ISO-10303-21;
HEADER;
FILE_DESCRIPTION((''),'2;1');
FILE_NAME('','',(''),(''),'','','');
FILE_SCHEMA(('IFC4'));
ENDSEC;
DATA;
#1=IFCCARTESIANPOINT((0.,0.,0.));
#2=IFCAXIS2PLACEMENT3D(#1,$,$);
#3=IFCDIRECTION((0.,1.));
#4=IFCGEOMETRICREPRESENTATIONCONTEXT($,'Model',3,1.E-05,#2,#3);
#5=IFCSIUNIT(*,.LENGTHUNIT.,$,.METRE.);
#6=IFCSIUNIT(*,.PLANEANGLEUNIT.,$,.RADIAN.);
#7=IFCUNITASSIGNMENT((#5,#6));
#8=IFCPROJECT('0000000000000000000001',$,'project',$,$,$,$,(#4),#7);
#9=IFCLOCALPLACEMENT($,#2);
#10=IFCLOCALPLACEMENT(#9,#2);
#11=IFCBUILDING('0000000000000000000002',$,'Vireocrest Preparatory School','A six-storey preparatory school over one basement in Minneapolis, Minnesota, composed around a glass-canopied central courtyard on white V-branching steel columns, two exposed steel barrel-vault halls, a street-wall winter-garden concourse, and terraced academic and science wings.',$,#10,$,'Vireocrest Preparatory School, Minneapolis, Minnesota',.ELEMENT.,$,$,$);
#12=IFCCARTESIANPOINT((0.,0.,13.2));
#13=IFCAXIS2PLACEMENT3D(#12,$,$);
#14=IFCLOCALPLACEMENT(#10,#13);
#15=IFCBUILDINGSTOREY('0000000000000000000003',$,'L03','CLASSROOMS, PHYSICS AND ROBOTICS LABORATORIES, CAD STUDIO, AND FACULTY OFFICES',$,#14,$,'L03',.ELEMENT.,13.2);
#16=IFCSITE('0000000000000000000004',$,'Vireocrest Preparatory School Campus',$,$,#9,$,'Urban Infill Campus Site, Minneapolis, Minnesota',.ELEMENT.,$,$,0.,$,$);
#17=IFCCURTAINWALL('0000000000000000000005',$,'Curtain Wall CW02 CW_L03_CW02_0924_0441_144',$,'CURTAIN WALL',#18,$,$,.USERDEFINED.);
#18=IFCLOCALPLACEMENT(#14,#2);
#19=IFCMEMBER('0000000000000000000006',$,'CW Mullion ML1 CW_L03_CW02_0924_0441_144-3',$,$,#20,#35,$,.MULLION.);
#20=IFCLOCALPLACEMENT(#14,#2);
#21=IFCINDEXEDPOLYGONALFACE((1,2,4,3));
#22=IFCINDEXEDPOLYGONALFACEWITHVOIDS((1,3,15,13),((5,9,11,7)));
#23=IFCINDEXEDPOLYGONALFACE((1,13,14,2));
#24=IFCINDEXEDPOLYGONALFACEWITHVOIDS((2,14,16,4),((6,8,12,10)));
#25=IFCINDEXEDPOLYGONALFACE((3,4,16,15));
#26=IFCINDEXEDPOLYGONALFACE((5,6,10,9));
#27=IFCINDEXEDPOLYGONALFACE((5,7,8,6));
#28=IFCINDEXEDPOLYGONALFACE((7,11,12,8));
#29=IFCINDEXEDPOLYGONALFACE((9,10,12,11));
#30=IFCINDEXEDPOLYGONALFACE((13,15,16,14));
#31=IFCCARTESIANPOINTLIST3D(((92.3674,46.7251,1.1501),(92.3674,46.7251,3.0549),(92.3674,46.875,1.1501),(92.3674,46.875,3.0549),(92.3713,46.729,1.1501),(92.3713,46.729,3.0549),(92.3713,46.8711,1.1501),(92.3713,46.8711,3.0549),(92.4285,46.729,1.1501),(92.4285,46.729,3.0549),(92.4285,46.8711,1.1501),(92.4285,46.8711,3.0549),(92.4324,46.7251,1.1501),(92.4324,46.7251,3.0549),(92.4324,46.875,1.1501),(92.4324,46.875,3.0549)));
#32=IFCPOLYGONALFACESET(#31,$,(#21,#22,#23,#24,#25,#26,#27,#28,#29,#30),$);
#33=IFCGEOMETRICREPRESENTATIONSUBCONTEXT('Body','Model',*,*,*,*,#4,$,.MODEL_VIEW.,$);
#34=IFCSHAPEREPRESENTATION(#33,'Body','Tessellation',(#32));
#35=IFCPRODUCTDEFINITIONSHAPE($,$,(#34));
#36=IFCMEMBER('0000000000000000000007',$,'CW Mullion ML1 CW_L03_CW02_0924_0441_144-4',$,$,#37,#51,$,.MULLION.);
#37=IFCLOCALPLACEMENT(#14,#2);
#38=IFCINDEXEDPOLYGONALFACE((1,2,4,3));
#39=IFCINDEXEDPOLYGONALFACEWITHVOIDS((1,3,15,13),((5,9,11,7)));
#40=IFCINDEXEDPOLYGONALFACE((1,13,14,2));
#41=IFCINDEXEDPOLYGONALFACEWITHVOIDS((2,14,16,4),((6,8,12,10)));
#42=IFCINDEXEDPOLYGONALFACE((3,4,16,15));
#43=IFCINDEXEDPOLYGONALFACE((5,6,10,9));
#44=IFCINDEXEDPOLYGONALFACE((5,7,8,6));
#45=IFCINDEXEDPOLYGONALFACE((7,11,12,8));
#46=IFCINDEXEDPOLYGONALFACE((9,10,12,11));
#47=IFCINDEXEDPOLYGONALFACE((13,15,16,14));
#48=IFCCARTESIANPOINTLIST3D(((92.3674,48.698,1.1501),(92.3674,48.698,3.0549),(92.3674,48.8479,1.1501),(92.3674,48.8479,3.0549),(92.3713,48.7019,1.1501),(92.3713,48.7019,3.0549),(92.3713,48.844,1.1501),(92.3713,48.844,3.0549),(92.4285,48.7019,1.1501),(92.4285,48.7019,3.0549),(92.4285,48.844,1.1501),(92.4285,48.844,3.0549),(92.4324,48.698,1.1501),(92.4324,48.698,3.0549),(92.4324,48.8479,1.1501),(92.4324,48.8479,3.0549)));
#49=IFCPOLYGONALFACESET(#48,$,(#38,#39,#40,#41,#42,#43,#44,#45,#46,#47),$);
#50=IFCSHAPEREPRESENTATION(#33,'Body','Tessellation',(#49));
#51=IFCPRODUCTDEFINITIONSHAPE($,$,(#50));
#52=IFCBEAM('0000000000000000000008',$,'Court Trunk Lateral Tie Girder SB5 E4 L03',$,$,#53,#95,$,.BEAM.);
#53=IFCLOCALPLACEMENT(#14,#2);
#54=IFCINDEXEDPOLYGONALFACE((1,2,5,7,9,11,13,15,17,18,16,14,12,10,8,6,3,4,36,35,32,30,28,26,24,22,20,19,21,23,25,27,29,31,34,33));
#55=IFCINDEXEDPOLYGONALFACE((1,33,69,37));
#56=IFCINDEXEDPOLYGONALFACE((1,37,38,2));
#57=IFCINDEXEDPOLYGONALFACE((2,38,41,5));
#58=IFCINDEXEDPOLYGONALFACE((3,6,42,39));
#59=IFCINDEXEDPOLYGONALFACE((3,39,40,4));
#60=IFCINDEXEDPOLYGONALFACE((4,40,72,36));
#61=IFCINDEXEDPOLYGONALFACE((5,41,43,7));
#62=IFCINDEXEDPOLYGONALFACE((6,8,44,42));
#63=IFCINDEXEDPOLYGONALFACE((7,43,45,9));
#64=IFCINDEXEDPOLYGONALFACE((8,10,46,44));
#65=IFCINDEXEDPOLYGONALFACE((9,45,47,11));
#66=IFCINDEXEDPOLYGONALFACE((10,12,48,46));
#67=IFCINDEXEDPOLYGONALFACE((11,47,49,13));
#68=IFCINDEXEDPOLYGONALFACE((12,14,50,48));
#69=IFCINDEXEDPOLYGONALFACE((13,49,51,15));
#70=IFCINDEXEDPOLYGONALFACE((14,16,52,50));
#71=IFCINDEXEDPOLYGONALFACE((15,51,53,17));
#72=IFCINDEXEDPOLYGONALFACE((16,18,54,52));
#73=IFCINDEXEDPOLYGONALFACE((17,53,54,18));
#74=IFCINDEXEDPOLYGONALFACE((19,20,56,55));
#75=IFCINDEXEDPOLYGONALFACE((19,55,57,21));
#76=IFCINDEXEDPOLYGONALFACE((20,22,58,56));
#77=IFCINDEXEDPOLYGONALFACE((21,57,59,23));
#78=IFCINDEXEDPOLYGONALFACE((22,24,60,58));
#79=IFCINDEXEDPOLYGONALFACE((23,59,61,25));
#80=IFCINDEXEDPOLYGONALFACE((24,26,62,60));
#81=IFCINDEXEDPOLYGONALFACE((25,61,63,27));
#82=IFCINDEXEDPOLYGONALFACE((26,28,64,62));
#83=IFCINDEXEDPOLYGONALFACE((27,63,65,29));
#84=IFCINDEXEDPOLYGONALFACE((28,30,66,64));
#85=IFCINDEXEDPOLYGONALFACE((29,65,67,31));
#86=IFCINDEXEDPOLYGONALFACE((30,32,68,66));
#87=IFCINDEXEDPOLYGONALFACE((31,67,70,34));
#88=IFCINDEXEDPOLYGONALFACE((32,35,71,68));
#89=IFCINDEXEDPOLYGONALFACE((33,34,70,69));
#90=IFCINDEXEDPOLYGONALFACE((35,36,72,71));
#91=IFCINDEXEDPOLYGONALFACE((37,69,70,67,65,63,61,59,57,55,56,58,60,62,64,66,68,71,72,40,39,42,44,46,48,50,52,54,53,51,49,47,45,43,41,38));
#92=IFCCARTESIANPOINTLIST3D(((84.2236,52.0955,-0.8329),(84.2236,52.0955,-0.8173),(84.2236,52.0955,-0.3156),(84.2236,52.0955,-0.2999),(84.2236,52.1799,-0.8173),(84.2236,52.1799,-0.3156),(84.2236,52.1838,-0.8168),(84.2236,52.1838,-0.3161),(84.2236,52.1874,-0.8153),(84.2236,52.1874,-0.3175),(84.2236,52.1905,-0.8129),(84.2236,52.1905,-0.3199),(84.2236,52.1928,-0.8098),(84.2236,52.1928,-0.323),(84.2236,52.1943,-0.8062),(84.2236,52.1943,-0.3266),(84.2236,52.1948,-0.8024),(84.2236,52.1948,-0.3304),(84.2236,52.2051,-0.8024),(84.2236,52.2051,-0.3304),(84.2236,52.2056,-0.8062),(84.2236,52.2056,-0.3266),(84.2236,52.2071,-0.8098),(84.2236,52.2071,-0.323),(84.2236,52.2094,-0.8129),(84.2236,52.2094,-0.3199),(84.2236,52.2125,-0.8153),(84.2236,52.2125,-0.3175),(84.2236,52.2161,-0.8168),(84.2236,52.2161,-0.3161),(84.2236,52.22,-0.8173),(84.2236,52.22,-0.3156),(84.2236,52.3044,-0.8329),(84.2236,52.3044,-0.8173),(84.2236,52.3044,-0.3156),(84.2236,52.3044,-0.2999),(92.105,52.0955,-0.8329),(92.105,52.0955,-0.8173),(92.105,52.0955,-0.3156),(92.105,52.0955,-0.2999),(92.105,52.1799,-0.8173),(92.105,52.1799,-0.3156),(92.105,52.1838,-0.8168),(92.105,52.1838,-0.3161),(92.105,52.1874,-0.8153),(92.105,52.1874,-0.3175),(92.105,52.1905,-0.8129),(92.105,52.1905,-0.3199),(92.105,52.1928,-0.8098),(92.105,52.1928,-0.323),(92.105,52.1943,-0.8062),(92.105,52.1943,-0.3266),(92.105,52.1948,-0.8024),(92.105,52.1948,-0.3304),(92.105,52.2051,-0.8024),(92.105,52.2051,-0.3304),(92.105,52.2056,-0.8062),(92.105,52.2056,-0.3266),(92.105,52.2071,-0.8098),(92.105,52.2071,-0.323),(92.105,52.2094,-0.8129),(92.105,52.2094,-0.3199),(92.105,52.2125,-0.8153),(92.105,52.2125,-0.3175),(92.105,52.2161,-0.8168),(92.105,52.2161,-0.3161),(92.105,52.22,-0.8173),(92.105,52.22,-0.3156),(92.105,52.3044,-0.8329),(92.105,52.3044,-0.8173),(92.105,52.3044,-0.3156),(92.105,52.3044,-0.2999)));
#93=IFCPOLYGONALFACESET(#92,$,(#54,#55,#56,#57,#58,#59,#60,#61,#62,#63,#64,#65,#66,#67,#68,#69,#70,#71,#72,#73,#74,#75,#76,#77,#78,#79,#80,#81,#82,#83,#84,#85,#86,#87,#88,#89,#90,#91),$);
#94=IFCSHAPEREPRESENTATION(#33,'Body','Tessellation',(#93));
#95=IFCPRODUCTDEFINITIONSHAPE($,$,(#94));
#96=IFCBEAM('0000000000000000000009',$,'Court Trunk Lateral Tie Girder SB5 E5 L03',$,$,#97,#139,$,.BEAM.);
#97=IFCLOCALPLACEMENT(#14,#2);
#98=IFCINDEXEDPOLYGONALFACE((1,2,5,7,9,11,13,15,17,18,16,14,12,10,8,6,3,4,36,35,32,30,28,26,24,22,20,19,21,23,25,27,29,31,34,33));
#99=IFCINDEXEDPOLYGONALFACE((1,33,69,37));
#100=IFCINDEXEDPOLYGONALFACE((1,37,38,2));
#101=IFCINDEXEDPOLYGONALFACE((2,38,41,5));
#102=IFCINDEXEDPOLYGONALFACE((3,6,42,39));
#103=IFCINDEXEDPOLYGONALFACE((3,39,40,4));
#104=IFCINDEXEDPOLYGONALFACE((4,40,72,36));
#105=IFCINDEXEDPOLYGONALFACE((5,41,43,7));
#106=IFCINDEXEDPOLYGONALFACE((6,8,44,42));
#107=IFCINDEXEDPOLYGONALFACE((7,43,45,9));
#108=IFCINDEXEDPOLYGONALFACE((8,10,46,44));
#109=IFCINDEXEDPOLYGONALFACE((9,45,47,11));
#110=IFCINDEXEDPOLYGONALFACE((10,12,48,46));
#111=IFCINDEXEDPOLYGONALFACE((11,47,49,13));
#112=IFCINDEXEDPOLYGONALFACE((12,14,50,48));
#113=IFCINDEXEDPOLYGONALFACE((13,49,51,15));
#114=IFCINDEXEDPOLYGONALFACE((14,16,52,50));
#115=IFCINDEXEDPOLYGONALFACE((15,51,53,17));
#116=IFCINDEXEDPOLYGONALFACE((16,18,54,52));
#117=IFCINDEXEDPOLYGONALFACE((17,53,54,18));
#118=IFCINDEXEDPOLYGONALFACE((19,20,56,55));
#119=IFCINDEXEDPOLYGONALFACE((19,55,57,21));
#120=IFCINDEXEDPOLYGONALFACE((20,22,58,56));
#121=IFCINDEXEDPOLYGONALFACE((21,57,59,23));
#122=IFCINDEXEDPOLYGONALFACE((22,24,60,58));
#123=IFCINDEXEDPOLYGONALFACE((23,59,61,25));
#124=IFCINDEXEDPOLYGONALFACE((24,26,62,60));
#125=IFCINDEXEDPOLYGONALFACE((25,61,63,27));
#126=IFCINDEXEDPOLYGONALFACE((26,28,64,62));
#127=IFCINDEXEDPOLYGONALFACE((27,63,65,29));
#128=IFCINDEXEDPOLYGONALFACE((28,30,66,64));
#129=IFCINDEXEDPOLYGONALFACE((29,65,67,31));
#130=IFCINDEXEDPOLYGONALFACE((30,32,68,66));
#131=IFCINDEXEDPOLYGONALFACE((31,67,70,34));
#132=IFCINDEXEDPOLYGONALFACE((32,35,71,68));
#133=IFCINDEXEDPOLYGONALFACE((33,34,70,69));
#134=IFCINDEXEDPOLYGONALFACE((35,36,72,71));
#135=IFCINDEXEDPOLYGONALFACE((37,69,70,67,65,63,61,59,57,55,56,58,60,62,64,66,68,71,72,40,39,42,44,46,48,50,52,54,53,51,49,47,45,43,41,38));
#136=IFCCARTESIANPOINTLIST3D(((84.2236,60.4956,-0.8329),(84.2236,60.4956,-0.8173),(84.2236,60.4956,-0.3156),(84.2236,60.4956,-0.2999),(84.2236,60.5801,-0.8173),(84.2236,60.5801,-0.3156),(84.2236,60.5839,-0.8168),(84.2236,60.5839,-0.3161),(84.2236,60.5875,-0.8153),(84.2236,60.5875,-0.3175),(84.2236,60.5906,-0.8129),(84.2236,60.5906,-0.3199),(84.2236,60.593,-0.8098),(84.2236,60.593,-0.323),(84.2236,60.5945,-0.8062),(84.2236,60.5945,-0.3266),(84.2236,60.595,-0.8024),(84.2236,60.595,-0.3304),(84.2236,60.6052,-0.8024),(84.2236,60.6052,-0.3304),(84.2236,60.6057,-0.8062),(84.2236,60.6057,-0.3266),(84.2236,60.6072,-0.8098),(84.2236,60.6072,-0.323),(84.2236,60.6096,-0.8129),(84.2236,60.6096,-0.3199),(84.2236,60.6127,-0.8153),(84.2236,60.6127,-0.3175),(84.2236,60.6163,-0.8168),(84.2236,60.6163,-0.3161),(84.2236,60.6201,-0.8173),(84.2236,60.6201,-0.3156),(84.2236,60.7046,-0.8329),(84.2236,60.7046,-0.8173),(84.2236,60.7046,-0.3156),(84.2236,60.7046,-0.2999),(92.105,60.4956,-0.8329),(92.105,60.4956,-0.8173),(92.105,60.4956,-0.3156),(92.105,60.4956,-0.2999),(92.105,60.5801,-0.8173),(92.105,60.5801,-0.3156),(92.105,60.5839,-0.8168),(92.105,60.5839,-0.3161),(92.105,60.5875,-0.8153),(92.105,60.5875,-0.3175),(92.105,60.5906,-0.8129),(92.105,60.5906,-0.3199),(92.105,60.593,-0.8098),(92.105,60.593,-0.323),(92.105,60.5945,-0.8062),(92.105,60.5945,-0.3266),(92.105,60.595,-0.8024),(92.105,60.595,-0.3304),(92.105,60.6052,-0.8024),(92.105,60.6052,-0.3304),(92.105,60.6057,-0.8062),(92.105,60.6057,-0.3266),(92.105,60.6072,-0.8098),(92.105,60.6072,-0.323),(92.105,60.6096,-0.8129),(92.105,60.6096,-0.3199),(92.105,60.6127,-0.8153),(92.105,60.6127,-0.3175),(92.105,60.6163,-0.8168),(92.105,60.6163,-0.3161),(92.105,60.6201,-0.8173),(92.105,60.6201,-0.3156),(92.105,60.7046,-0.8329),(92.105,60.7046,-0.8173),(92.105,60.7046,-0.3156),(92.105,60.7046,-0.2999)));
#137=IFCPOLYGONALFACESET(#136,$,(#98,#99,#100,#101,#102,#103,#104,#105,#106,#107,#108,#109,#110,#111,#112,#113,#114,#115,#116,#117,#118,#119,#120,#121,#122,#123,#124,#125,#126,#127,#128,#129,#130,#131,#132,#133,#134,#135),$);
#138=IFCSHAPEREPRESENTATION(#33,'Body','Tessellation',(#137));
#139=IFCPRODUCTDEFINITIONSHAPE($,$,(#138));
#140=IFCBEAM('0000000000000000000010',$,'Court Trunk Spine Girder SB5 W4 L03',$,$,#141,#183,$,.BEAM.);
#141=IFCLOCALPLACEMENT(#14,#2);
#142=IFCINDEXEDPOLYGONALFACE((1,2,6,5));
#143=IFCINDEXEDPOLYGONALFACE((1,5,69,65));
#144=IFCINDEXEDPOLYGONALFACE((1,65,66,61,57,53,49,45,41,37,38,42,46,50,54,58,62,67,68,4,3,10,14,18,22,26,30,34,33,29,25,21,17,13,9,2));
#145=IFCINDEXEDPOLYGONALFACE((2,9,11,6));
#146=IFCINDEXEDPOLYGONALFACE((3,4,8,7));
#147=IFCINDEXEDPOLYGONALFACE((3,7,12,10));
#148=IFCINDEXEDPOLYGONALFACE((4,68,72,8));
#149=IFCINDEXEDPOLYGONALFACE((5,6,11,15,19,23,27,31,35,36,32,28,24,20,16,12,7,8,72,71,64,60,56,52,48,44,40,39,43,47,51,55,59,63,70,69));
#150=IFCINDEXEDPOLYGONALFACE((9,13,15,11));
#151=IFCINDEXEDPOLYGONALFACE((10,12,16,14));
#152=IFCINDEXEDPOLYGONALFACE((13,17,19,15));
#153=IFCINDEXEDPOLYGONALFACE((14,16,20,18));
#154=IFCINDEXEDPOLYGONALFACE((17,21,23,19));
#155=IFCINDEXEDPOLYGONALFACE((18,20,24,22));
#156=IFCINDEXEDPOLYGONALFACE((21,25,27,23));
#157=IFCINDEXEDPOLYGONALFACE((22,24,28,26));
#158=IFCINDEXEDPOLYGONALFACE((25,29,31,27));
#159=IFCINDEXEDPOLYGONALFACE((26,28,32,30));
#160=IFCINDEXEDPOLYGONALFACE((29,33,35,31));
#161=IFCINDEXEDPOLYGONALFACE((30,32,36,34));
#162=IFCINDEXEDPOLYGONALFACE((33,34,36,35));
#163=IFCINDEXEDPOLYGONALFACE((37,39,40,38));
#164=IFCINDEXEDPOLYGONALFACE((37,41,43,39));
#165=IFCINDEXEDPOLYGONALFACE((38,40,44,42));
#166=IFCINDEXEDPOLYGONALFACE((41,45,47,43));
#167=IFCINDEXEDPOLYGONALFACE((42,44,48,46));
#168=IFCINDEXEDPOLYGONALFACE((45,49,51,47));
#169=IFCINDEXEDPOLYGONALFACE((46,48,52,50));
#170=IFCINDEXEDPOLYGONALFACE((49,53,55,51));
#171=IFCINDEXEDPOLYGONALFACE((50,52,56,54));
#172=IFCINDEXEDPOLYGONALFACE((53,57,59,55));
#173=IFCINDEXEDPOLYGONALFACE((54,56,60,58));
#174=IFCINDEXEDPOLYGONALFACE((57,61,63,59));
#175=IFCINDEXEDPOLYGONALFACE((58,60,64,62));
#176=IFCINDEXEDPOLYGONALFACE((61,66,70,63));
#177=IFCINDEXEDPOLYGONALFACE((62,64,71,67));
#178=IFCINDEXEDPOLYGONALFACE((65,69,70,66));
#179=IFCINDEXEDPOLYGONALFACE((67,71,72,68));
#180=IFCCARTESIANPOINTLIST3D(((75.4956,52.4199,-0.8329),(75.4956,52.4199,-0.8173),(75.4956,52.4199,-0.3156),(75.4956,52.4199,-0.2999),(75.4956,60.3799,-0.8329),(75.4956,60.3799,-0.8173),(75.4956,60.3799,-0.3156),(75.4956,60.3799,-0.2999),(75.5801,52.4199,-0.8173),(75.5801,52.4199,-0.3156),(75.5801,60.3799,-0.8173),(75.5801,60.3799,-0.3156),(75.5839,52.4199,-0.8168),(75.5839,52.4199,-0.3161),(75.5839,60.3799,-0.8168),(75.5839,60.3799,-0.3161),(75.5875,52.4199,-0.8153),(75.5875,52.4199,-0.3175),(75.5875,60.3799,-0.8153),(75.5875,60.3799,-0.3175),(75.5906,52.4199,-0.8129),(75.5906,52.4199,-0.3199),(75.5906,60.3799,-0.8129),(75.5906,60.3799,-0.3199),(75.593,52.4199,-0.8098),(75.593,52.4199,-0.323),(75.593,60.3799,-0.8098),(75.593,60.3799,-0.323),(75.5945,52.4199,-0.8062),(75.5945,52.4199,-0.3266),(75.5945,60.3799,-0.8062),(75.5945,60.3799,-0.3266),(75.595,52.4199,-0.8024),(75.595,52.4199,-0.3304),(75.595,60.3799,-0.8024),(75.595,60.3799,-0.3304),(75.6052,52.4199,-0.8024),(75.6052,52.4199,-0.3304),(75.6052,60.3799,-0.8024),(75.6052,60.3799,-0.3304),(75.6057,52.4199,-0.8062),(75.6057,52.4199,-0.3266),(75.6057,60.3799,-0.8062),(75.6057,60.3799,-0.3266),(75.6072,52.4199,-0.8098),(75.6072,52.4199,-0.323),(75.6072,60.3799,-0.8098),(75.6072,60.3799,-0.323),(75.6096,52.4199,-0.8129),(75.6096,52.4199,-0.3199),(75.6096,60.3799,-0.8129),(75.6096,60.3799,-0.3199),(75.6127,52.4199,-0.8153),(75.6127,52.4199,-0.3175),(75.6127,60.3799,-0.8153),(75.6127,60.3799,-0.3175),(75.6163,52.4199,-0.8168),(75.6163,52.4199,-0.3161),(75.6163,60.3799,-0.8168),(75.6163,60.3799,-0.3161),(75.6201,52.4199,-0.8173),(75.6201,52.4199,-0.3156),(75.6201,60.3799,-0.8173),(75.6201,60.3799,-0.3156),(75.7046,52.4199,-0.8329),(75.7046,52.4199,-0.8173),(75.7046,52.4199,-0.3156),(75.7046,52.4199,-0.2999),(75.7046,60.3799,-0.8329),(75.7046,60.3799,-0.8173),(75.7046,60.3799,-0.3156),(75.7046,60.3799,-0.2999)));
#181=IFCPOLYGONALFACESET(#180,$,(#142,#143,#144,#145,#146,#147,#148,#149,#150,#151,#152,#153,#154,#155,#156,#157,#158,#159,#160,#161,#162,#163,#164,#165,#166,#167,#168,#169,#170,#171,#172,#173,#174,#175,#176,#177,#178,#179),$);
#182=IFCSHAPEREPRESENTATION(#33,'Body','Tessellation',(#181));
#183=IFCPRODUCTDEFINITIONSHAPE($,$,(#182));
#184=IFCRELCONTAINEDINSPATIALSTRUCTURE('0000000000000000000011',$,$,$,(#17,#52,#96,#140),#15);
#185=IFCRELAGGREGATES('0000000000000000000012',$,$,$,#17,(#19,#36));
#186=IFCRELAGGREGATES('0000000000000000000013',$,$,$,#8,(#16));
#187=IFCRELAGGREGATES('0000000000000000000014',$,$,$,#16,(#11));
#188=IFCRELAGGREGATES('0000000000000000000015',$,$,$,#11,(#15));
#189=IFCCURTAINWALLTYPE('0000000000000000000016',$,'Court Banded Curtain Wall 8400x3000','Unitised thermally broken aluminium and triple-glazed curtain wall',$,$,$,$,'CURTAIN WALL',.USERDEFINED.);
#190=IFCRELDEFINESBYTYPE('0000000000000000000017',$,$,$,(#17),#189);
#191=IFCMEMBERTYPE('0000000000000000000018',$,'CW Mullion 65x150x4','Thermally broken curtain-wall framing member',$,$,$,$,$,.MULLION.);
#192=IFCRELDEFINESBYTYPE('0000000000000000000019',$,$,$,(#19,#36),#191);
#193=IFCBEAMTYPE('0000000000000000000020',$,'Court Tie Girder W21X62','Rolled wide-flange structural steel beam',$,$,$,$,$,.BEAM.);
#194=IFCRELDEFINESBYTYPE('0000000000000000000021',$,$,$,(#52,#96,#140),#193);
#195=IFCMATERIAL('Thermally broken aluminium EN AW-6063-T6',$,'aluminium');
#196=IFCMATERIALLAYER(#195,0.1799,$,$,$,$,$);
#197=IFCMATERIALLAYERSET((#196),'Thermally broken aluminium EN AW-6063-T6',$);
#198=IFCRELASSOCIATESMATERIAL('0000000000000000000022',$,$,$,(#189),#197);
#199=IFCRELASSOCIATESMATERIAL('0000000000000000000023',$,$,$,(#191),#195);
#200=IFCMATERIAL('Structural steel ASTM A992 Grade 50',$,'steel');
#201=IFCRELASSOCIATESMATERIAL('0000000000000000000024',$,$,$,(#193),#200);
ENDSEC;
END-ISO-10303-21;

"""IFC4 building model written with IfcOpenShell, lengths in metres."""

from ifc_helpers import new_model, si_unit, direction, frame, origin, origin_2d, place, context, subcontext, project, spatial, hollow_rectangle, i_section, extrude, material, layer, layer_set, material_profile, profile_set, type_object, element, aggregate, save


model = new_model("IFC4")

# Units and contexts
model_context = context("Model", 3, precision=1e-05, world=origin(), true_north=direction((0.0, 1.0)))
body_context = subcontext(model_context, "Body", "Model", "MODEL_VIEW")
ifc_project = project(units=[si_unit("LENGTHUNIT", "METRE"), si_unit("PLANEANGLEUNIT", "RADIAN")], contexts=[model_context])

# Site, building, storey
site_placement = place(None, origin())
site = spatial("IfcSite", under=ifc_project, at=site_placement, Name="Vireocrest Preparatory School Campus", LongName="Urban Infill Campus Site, Minneapolis, Minnesota", CompositionType="ELEMENT", RefElevation=0.0)
building_placement = place(site_placement, origin())
building = spatial("IfcBuilding", under=site, at=building_placement, Name="Vireocrest Preparatory School", Description="A six-storey preparatory school over one basement in Minneapolis, Minnesota, composed around a glass-canopied central courtyard on white V-branching steel columns, two exposed steel barrel-vault halls, a street-wall winter-garden concourse, and terraced academic and science wings.", LongName="Vireocrest Preparatory School, Minneapolis, Minnesota", CompositionType="ELEMENT")
storey_placement = place(building_placement, frame((0.0, 0.0, 13.2)))
storey = spatial("IfcBuildingStorey", under=building, at=storey_placement, Name="L03", Description="CLASSROOMS, PHYSICS AND ROBOTICS LABORATORIES, CAD STUDIO, AND FACULTY OFFICES", LongName="L03", CompositionType="ELEMENT", Elevation=13.2)

# Curtain wall, members
ifc_material_1 = material(Name="Thermally broken aluminium EN AW-6063-T6", Category="aluminium")
ifc_layer_1 = layer(ifc_material_1, 0.1799)
ifc_layer_set_1 = layer_set([ifc_layer_1], Name="Thermally broken aluminium EN AW-6063-T6")
curtain_wall_type = type_object("IfcCurtainWallType", Name="Court Banded Curtain Wall 8400x3000", Description="Unitised thermally broken aluminium and triple-glazed curtain wall", ElementType="CURTAIN WALL", PredefinedType="USERDEFINED", material=ifc_layer_set_1)
curtain_wall_placement = place(storey_placement, origin())
curtain_wall = element("IfcCurtainWall", 1, at=curtain_wall_placement, inside=storey, type_object=curtain_wall_type, Name="Curtain Wall CW02 CW_L03_CW02_0924_0441_144", ObjectType="CURTAIN WALL", PredefinedType="USERDEFINED")
ifc_material_profile_1 = material_profile(ifc_material_1, hollow_rectangle(XDim=0.0649, YDim=0.1499, WallThickness=0.0039, at=origin_2d()), Name="ALU 65x150x4")
ifc_profile_set_1 = profile_set([ifc_material_profile_1], Name="Thermally broken aluminium EN AW-6063-T6")
member_type_1 = type_object("IfcMemberType", Name="CW Mullion 65x150x4", Description="Thermally broken curtain-wall framing member", PredefinedType="MULLION", material=ifc_profile_set_1)
member_1_placement = place(storey_placement, frame((92.3999, 46.8, 1.1501), z_axis=(0.0, 0.0, 1.0), x_axis=(1.0, 0.0, 0.0)))
member_1 = element("IfcMember", 2, at=member_1_placement, type_object=member_type_1, Name="CW Mullion ML1 CW_L03_CW02_0924_0441_144-3", PredefinedType="MULLION", context=body_context, shape_type="SweptSolid", body=[
    extrude(hollow_rectangle(XDim=0.0649, YDim=0.1499, WallThickness=0.0039, at=origin_2d()), origin(), (0.0, 0.0, 1.0), 1.9048),
])
member_2_placement = place(storey_placement, frame((92.3999, 48.7729, 1.1501), z_axis=(0.0, 0.0, 1.0), x_axis=(1.0, 0.0, 0.0)))
member_2 = element("IfcMember", 3, at=member_2_placement, type_object=member_type_1, Name="CW Mullion ML1 CW_L03_CW02_0924_0441_144-4", PredefinedType="MULLION", context=body_context, shape_type="SweptSolid", body=[
    extrude(hollow_rectangle(XDim=0.0649, YDim=0.1499, WallThickness=0.0039, at=origin_2d()), origin(), (0.0, 0.0, 1.0), 1.9048),
])

# Beams
ifc_material_2 = material(Name="Structural steel ASTM A992 Grade 50", Category="steel")
ifc_material_profile_2 = material_profile(ifc_material_2, i_section(OverallWidth=0.209, OverallDepth=0.533, WebThickness=0.0103, FlangeThickness=0.0156, FilletRadius=0.0149, at=origin_2d()), Name="W21X62")
ifc_profile_set_2 = profile_set([ifc_material_profile_2], Name="Structural steel ASTM A992 Grade 50")
beam_type = type_object("IfcBeamType", Name="Court Tie Girder W21X62", Description="Rolled wide-flange structural steel beam", PredefinedType="BEAM", material=ifc_profile_set_2)
for number, where, z_axis, x_axis, name in (
    (4, (84.2236, 52.2, -0.5664), (1.0, 0.0, 0.0), (0.0, 1.0, 0.0), "Court Trunk Lateral Tie Girder SB5 E4 L03"),
    (5, (84.2236, 60.6001, -0.5664), (1.0, 0.0, 0.0), (0.0, 1.0, 0.0), "Court Trunk Lateral Tie Girder SB5 E5 L03"),
):
    element("IfcBeam", number, at=place(storey_placement, frame(where, z_axis=z_axis, x_axis=x_axis)), inside=storey, type_object=beam_type, Name=name, PredefinedType="BEAM", context=body_context, shape_type="SweptSolid", body=[
        extrude(i_section(OverallWidth=0.209, OverallDepth=0.533, WebThickness=0.0103, FlangeThickness=0.0156, FilletRadius=0.0149, at=origin_2d()), origin(), (0.0, 0.0, 1.0), 7.8813),
    ])
for number, where, z_axis, x_axis, name in (
    (6, (75.6001, 52.4199, -0.5664), (0.0, 1.0, 0.0), (-1.0, 0.0, 0.0), "Court Trunk Spine Girder SB5 W4 L03"),
):
    element("IfcBeam", number, at=place(storey_placement, frame(where, z_axis=z_axis, x_axis=x_axis)), inside=storey, type_object=beam_type, Name=name, PredefinedType="BEAM", context=body_context, shape_type="SweptSolid", body=[
        extrude(i_section(OverallWidth=0.209, OverallDepth=0.533, WebThickness=0.0103, FlangeThickness=0.0156, FilletRadius=0.0149, at=origin_2d()), origin(), (0.0, 0.0, 1.0), 7.96),
    ])

aggregate(curtain_wall, [member_1, member_2])

save(model, "model.ifc")
